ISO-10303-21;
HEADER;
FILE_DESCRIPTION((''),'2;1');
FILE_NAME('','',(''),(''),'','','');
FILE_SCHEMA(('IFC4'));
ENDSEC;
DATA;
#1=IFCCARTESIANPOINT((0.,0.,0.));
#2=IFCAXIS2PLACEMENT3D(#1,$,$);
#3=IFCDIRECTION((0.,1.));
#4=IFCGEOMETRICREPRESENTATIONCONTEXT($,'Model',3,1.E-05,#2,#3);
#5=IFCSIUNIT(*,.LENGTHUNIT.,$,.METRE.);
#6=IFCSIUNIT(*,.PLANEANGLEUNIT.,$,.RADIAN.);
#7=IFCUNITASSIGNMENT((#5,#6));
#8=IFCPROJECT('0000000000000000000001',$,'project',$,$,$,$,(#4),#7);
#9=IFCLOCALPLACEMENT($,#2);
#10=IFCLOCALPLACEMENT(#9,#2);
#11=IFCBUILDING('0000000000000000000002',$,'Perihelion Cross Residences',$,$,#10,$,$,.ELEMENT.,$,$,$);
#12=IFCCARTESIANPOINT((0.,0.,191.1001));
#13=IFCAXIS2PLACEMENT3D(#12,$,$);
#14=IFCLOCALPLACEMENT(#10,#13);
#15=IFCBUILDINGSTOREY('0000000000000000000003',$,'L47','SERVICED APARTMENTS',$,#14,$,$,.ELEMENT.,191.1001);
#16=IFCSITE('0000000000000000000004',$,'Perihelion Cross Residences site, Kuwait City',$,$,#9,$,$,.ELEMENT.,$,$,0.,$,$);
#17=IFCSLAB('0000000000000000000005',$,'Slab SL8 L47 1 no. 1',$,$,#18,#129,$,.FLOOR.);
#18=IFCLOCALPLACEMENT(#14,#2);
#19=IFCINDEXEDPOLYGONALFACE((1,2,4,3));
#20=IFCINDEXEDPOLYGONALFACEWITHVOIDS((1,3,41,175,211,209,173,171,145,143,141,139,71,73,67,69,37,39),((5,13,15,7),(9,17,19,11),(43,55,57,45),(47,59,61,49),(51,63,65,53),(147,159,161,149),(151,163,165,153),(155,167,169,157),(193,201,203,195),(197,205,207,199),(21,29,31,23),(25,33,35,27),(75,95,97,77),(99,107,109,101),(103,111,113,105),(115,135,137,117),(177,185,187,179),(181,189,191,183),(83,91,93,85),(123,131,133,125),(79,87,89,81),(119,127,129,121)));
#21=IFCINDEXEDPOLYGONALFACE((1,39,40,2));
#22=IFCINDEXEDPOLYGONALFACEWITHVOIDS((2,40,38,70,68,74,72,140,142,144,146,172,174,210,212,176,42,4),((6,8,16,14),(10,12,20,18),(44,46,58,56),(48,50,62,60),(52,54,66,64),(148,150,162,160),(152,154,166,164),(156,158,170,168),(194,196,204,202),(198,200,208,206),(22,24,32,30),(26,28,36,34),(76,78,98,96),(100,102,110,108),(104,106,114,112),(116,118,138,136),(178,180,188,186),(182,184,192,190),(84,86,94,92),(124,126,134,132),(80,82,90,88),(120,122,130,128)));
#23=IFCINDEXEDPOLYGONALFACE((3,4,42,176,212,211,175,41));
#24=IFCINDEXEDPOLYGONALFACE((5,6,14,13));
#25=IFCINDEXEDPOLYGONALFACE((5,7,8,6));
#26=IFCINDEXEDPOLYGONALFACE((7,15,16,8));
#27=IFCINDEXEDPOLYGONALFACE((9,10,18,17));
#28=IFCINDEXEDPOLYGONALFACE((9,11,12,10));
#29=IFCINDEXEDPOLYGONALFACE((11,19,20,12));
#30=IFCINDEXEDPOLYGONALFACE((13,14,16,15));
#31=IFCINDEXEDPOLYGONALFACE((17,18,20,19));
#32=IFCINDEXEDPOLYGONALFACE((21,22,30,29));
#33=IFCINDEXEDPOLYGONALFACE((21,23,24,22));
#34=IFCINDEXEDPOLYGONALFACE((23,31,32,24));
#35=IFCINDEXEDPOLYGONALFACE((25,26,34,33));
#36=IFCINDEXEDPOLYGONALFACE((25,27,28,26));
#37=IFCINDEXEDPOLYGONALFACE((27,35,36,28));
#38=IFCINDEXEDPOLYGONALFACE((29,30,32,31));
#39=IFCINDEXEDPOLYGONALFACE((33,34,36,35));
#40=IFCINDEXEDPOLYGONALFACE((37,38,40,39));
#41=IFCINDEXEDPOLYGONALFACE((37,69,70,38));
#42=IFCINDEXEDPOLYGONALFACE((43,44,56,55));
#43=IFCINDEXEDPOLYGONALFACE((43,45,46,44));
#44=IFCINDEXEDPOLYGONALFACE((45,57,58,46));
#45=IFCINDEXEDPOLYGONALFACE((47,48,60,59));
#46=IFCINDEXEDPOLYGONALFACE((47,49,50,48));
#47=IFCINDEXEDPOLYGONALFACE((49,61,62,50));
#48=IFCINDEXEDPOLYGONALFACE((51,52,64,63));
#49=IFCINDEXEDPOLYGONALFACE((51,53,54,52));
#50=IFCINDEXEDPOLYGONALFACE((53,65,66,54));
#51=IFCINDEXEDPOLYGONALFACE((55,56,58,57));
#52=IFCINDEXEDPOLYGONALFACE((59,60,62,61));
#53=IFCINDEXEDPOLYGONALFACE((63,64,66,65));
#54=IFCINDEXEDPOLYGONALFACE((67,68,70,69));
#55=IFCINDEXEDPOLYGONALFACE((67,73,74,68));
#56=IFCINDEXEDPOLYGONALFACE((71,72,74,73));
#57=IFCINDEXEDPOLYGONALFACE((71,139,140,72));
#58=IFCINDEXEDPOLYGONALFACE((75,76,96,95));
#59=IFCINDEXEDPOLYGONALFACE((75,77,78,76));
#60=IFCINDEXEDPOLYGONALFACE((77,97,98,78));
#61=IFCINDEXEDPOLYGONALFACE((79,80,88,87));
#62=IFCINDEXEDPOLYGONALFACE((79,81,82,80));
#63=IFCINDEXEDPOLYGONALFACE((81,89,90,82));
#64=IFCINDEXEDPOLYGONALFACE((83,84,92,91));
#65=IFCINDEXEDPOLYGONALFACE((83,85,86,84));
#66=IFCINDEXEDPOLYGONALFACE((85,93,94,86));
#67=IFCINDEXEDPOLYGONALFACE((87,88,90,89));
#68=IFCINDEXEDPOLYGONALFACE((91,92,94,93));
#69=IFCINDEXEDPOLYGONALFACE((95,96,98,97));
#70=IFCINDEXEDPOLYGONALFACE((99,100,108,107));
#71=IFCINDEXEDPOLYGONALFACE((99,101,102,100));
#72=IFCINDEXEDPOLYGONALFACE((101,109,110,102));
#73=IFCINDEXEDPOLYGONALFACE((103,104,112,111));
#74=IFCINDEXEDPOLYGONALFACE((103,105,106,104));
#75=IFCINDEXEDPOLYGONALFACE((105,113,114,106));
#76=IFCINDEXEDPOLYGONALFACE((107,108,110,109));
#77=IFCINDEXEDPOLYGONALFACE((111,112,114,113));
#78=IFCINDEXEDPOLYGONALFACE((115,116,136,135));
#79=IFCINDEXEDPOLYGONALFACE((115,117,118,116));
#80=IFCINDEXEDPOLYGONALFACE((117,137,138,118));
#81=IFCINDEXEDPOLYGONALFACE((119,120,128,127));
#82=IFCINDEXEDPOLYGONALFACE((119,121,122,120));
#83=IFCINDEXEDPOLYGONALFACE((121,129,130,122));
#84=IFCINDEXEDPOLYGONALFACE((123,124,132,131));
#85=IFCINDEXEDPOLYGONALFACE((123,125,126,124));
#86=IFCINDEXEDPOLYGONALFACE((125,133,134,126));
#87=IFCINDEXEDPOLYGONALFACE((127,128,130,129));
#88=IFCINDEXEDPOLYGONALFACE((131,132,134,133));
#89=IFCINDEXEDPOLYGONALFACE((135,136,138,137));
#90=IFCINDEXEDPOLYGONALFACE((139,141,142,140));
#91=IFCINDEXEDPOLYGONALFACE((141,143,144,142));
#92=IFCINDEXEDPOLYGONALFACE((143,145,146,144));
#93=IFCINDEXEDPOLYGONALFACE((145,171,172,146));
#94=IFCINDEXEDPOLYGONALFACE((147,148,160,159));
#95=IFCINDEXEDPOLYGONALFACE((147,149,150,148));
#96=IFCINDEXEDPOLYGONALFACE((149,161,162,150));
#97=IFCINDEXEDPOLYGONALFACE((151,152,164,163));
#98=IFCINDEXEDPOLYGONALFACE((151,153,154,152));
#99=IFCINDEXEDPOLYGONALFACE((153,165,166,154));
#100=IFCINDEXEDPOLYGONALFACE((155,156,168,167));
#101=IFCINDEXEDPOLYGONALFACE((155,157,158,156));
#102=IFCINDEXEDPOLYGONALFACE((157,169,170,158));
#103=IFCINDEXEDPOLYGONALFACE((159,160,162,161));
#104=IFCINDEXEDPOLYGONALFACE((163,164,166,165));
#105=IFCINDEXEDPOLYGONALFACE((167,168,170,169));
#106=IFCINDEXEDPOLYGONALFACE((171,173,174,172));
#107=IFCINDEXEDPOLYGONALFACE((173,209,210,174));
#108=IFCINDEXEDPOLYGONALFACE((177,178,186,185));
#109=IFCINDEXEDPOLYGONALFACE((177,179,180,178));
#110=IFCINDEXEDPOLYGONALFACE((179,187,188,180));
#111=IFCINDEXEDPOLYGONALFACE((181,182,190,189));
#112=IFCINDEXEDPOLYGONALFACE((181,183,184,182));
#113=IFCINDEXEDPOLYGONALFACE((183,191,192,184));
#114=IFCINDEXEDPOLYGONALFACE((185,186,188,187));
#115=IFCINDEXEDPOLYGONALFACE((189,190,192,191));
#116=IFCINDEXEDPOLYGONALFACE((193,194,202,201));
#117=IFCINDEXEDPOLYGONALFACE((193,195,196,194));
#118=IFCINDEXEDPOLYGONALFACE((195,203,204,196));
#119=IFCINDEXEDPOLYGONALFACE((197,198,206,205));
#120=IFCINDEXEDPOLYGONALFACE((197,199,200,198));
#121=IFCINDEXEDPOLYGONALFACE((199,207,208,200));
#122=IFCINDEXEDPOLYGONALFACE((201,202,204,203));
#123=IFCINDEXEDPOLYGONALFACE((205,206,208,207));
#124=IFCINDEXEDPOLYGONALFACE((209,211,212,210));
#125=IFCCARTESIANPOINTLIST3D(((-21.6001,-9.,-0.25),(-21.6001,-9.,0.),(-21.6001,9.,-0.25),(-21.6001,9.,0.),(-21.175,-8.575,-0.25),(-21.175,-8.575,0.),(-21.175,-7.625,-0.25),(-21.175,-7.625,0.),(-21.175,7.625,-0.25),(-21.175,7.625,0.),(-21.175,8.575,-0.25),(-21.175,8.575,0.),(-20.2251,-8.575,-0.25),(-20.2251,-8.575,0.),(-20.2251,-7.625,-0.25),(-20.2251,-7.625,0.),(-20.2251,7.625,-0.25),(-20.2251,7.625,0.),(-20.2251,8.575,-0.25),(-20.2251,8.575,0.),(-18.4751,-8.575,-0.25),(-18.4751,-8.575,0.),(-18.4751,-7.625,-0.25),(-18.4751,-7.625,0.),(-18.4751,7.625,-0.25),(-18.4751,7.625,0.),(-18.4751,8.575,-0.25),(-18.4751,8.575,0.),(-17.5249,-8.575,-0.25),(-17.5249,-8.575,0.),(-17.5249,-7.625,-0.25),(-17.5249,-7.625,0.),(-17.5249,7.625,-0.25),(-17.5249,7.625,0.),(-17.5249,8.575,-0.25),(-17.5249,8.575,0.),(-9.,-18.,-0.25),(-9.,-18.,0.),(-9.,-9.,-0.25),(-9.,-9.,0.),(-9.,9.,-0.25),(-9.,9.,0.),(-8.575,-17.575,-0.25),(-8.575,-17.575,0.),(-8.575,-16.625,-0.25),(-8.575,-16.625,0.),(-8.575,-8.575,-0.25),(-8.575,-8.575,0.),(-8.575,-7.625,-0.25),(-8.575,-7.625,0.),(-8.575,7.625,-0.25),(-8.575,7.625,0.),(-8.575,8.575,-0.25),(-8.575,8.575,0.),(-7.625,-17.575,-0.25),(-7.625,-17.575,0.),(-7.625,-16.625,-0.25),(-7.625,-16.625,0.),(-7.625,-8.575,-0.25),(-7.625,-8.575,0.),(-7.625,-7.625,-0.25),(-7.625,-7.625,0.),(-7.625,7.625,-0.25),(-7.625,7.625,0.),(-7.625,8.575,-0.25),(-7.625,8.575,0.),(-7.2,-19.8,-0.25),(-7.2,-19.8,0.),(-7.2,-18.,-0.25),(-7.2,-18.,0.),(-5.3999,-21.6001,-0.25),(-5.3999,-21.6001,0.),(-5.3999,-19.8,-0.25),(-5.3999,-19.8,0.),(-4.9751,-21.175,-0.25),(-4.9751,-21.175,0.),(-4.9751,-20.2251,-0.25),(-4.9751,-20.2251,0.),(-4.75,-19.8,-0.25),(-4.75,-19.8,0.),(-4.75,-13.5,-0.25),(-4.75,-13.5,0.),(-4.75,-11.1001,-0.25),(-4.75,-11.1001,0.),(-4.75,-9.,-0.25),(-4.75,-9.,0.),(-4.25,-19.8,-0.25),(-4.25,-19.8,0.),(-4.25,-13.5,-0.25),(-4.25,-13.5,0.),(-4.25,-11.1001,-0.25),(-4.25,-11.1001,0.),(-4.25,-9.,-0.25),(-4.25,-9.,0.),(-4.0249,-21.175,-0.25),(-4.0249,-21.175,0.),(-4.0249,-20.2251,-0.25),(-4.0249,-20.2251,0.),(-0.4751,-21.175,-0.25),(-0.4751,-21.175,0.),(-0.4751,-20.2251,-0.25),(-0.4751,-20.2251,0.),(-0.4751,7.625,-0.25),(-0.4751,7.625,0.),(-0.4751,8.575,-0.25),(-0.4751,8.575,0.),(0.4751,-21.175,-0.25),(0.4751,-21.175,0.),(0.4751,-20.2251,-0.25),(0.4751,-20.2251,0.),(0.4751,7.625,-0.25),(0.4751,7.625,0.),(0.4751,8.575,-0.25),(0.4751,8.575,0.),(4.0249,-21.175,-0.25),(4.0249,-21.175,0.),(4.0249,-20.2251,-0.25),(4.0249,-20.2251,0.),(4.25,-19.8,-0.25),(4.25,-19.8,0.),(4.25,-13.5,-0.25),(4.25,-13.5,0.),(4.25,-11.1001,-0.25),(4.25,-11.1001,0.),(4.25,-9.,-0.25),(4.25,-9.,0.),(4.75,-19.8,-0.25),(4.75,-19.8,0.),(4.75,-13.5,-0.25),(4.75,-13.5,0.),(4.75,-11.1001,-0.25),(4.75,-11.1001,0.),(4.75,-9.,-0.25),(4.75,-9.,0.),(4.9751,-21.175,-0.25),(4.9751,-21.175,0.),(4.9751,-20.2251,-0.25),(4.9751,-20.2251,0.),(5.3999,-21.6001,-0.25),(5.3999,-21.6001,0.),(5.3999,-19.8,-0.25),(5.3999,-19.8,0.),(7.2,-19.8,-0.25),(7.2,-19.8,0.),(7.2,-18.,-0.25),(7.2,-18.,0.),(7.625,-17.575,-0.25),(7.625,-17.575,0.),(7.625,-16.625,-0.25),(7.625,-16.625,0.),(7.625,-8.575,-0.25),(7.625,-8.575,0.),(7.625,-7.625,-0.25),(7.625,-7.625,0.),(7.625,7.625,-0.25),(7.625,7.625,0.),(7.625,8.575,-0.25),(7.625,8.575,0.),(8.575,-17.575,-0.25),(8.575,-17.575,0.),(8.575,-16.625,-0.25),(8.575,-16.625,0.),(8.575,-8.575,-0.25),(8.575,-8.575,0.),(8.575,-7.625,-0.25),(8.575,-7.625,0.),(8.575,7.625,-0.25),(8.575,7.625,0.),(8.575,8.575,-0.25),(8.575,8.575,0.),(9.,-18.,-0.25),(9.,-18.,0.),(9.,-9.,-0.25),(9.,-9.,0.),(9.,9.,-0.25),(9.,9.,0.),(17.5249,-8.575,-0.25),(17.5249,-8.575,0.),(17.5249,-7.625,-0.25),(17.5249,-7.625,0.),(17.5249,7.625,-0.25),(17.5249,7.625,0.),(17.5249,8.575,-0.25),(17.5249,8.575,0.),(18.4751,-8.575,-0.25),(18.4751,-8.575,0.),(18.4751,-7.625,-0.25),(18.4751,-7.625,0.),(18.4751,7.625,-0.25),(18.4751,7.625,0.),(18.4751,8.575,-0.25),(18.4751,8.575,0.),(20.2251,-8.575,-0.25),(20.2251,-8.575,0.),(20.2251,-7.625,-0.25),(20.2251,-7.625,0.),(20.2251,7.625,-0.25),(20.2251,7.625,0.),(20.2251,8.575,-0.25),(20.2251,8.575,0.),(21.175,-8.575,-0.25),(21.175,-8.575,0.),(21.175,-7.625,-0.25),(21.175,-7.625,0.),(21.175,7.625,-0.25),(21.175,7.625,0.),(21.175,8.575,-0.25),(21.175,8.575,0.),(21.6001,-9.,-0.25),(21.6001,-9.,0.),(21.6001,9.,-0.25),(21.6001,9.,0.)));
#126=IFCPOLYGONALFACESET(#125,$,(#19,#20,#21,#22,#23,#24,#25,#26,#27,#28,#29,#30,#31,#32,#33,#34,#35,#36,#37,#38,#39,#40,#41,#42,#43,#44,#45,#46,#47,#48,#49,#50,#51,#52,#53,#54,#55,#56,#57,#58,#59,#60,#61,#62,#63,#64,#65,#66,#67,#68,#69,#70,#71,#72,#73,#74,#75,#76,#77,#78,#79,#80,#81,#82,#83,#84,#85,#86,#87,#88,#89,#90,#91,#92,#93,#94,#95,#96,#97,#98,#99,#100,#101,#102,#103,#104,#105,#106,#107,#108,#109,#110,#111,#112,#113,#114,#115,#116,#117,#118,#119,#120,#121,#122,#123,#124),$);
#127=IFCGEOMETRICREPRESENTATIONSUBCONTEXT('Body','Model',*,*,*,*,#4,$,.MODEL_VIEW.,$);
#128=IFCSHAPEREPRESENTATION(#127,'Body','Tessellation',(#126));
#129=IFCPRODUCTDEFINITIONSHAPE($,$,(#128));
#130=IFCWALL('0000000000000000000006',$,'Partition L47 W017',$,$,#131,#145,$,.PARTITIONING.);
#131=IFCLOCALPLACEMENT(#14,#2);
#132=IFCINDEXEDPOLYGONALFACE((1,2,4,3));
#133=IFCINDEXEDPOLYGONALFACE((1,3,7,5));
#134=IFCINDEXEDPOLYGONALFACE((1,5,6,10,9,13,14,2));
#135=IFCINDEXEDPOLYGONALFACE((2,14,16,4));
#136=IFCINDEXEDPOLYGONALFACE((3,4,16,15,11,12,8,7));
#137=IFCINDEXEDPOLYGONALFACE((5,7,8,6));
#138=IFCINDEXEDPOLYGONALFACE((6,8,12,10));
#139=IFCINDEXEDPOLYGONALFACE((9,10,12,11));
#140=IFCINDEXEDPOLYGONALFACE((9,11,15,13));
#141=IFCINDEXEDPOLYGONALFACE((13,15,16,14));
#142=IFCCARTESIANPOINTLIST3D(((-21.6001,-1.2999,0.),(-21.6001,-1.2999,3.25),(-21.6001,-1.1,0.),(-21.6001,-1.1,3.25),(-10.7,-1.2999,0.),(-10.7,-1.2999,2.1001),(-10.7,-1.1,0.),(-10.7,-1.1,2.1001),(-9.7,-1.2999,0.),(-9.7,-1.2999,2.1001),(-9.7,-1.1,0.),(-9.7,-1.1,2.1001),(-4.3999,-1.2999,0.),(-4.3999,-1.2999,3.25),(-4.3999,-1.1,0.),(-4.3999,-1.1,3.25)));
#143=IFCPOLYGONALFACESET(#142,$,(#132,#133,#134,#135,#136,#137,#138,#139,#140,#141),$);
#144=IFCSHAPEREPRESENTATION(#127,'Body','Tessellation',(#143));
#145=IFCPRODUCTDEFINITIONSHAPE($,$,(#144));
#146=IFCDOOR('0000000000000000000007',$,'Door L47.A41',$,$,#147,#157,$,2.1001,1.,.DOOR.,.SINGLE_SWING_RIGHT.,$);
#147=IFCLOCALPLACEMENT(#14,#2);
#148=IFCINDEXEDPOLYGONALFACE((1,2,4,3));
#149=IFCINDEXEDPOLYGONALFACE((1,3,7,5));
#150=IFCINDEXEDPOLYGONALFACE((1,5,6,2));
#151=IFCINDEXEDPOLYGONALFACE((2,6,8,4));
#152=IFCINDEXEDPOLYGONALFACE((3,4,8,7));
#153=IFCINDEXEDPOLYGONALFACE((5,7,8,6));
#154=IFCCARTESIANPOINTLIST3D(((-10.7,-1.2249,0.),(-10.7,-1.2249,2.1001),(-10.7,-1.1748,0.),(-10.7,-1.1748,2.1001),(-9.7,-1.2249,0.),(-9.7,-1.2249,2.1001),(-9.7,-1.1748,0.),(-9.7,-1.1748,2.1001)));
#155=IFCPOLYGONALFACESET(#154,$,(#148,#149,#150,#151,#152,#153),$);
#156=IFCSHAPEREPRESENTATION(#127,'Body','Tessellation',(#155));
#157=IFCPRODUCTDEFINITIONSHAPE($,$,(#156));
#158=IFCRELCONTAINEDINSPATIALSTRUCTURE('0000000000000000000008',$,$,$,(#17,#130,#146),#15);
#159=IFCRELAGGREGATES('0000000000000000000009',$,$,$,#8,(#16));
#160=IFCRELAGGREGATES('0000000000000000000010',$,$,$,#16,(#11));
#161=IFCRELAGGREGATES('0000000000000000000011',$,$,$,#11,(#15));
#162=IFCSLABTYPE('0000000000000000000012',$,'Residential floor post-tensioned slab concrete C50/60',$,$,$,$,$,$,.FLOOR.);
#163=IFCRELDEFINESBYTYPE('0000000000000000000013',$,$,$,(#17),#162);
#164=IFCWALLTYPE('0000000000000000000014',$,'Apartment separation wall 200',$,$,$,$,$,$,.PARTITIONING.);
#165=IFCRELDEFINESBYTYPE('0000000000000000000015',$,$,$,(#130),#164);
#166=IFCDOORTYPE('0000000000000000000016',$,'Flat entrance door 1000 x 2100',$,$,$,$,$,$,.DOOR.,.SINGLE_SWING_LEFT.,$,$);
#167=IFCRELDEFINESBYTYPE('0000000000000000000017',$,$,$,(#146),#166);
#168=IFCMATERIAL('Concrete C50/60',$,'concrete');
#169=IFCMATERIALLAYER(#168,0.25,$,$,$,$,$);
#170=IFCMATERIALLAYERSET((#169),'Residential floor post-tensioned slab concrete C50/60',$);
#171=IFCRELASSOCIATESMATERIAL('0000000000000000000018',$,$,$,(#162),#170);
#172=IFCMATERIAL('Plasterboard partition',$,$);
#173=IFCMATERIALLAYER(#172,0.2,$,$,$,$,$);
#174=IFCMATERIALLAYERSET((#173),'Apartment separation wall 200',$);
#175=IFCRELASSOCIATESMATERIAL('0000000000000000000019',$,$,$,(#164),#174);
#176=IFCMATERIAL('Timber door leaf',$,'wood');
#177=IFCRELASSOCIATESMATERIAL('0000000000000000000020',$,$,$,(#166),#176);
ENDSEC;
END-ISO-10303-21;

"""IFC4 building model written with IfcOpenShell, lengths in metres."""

from ifc_helpers import new_model, si_unit, direction, frame, frame_2d, origin, place, context, subcontext, project, spatial, polyline, rectangle, outline, extrude, material, layer, layer_set, type_object, element, fill, save


model = new_model("IFC4")

# Units and contexts
model_context = context("Model", 3, precision=1e-05, world=origin(), true_north=direction((0.0, 1.0)))
body_context = subcontext(model_context, "Body", "Model", "MODEL_VIEW")
ifc_project = project(units=[si_unit("LENGTHUNIT", "METRE"), si_unit("PLANEANGLEUNIT", "RADIAN")], contexts=[model_context])

# Site, building, storey
site_placement = place(None, origin())
site = spatial("IfcSite", under=ifc_project, at=site_placement, Name="Perihelion Cross Residences site, Kuwait City", CompositionType="ELEMENT", RefElevation=0.0)
building_placement = place(site_placement, origin())
building = spatial("IfcBuilding", under=site, at=building_placement, Name="Perihelion Cross Residences", CompositionType="ELEMENT")
storey_placement = place(building_placement, frame((0.0, 0.0, 191.1001)))
storey = spatial("IfcBuildingStorey", under=building, at=storey_placement, Name="L47", Description="SERVICED APARTMENTS", CompositionType="ELEMENT", Elevation=191.1001)

# Slab
ifc_material_1 = material(Name="Concrete C50/60", Category="concrete")
ifc_layer_1 = layer(ifc_material_1, 0.25)
ifc_layer_set_1 = layer_set([ifc_layer_1], Name="Residential floor post-tensioned slab concrete C50/60")
slab_type_1 = type_object("IfcSlabType", Name="Residential floor post-tensioned slab concrete C50/60", PredefinedType="FLOOR", material=ifc_layer_set_1)
slab_1_placement = place(storey_placement, frame((0.0, 0.0, -0.25)))
element("IfcSlab", 1, at=slab_1_placement, inside=storey, type_object=slab_type_1, Name="Slab SL8 L47 1 no. 1", PredefinedType="FLOOR", context=body_context, shape_type="SweptSolid", body=[
    extrude(outline(polyline([(-9.0, 9.0), (9.0, 9.0), (21.6001, 9.0), (21.6001, -9.0), (9.0, -9.0), (9.0, -18.0), (7.2, -18.0), (7.2, -19.8), (5.3999, -19.8), (5.3999, -21.6001), (-5.3999, -21.6001), (-5.3999, -19.8), (-7.2, -19.8), (-7.2, -18.0), (-9.0, -18.0), (-9.0, -9.0), (-21.6001, -9.0), (-21.6001, 9.0), (-9.0, 9.0)]), holes=[polyline([(-4.0249, -20.2251), (-4.9751, -20.2251), (-4.9751, -21.175), (-4.0249, -21.175), (-4.0249, -20.2251)]), polyline([(0.4751, -21.175), (0.4751, -20.2251), (-0.4751, -20.2251), (-0.4751, -21.175), (0.4751, -21.175)]), polyline([(-7.625, -17.575), (-7.625, -16.625), (-8.575, -16.625), (-8.575, -17.575), (-7.625, -17.575)]), polyline([(-4.25, -13.5), (-4.75, -13.5), (-4.75, -19.8), (-4.25, -19.8), (-4.25, -13.5)]), polyline([(-4.25, -11.1001), (-4.25, -9.0), (-4.75, -9.0), (-4.75, -11.1001), (-4.25, -11.1001)]), polyline([(-20.2251, -8.575), (-20.2251, -7.625), (-21.175, -7.625), (-21.175, -8.575), (-20.2251, -8.575)]), polyline([(-17.5249, -7.625), (-18.4751, -7.625), (-18.4751, -8.575), (-17.5249, -8.575), (-17.5249, -7.625)]), polyline([(-7.625, -8.575), (-7.625, -7.625), (-8.575, -7.625), (-8.575, -8.575), (-7.625, -8.575)]), polyline([(-20.2251, 8.575), (-21.175, 8.575), (-21.175, 7.625), (-20.2251, 7.625), (-20.2251, 8.575)]), polyline([(-17.5249, 7.625), (-17.5249, 8.575), (-18.4751, 8.575), (-18.4751, 7.625), (-17.5249, 7.625)]), polyline([(-7.625, 7.625), (-7.625, 8.575), (-8.575, 8.575), (-8.575, 7.625), (-7.625, 7.625)]), polyline([(4.9751, -20.2251), (4.0249, -20.2251), (4.0249, -21.175), (4.9751, -21.175), (4.9751, -20.2251)]), polyline([(8.575, -17.575), (8.575, -16.625), (7.625, -16.625), (7.625, -17.575), (8.575, -17.575)]), polyline([(4.75, -19.8), (4.75, -13.5), (4.25, -13.5), (4.25, -19.8), (4.75, -19.8)]), polyline([(4.75, -9.0), (4.25, -9.0), (4.25, -11.1001), (4.75, -11.1001), (4.75, -9.0)]), polyline([(8.575, -8.575), (8.575, -7.625), (7.625, -7.625), (7.625, -8.575), (8.575, -8.575)]), polyline([(18.4751, -8.575), (18.4751, -7.625), (17.5249, -7.625), (17.5249, -8.575), (18.4751, -8.575)]), polyline([(21.175, -7.625), (20.2251, -7.625), (20.2251, -8.575), (21.175, -8.575), (21.175, -7.625)]), polyline([(0.4751, 7.625), (0.4751, 8.575), (-0.4751, 8.575), (-0.4751, 7.625), (0.4751, 7.625)]), polyline([(8.575, 8.575), (7.625, 8.575), (7.625, 7.625), (8.575, 7.625), (8.575, 8.575)]), polyline([(18.4751, 7.625), (18.4751, 8.575), (17.5249, 8.575), (17.5249, 7.625), (18.4751, 7.625)]), polyline([(21.175, 7.625), (21.175, 8.575), (20.2251, 8.575), (20.2251, 7.625), (21.175, 7.625)])]), origin(), (0.0, 0.0, 1.0), 0.25),
])

# Wall, opening, door
ifc_material_2 = material(Name="Plasterboard partition")
ifc_layer_2 = layer(ifc_material_2, 0.2)
ifc_layer_set_2 = layer_set([ifc_layer_2], Name="Apartment separation wall 200")
wall_type = type_object("IfcWallType", Name="Apartment separation wall 200", PredefinedType="PARTITIONING", material=ifc_layer_set_2)
wall_placement = place(storey_placement, frame((-4.3999, -1.2, 0.0), z_axis=(0.0, 0.0, 1.0), x_axis=(-1.0, 0.0, 0.0)))
wall = element("IfcWall", 2, at=wall_placement, inside=storey, type_object=wall_type, Name="Partition L47 W017", PredefinedType="PARTITIONING", context=body_context, shape_type="SweptSolid", body=[
    extrude(rectangle(XDim=17.2002, YDim=0.2, at=frame_2d((8.6001, 0.0))), origin(), (0.0, 0.0, 1.0), 3.25),
])
opening_placement = place(wall_placement, frame((5.3, 0.0, 0.0)))
opening = element("IfcOpeningElement", 3, at=opening_placement, cuts=wall, PredefinedType="OPENING", context=body_context, shape_type="SweptSolid", body=[
    extrude(rectangle(XDim=1.0, YDim=2.1001, at=frame_2d((0.5, 1.05))), frame((0.0, 0.1099, 0.0), z_axis=(0.0, -1.0, 0.0), x_axis=(1.0, 0.0, 0.0)), (0.0, 0.0, 1.0), 0.22),
])
ifc_material_3 = material(Name="Timber door leaf", Category="wood")
door_type = type_object("IfcDoorType", Name="Flat entrance door 1000 x 2100", OperationType="SINGLE_SWING_LEFT", PredefinedType="DOOR", material=ifc_material_3)
door_placement = place(opening_placement, origin())
door = element("IfcDoor", 4, at=door_placement, inside=storey, type_object=door_type, Name="Door L47.A41", OperationType="SINGLE_SWING_RIGHT", OverallHeight=2.1001, OverallWidth=1.0, PredefinedType="DOOR", context=body_context, shape_type="SweptSolid", body=[
    extrude(rectangle(XDim=1.0, YDim=2.1001, at=frame_2d((0.5, 1.05))), frame((0.0, 0.0249, 0.0), z_axis=(0.0, -1.0, 0.0), x_axis=(1.0, 0.0, 0.0)), (0.0, 0.0, 1.0), 0.05),
])
fill(opening, door)

save(model, "model.ifc")
